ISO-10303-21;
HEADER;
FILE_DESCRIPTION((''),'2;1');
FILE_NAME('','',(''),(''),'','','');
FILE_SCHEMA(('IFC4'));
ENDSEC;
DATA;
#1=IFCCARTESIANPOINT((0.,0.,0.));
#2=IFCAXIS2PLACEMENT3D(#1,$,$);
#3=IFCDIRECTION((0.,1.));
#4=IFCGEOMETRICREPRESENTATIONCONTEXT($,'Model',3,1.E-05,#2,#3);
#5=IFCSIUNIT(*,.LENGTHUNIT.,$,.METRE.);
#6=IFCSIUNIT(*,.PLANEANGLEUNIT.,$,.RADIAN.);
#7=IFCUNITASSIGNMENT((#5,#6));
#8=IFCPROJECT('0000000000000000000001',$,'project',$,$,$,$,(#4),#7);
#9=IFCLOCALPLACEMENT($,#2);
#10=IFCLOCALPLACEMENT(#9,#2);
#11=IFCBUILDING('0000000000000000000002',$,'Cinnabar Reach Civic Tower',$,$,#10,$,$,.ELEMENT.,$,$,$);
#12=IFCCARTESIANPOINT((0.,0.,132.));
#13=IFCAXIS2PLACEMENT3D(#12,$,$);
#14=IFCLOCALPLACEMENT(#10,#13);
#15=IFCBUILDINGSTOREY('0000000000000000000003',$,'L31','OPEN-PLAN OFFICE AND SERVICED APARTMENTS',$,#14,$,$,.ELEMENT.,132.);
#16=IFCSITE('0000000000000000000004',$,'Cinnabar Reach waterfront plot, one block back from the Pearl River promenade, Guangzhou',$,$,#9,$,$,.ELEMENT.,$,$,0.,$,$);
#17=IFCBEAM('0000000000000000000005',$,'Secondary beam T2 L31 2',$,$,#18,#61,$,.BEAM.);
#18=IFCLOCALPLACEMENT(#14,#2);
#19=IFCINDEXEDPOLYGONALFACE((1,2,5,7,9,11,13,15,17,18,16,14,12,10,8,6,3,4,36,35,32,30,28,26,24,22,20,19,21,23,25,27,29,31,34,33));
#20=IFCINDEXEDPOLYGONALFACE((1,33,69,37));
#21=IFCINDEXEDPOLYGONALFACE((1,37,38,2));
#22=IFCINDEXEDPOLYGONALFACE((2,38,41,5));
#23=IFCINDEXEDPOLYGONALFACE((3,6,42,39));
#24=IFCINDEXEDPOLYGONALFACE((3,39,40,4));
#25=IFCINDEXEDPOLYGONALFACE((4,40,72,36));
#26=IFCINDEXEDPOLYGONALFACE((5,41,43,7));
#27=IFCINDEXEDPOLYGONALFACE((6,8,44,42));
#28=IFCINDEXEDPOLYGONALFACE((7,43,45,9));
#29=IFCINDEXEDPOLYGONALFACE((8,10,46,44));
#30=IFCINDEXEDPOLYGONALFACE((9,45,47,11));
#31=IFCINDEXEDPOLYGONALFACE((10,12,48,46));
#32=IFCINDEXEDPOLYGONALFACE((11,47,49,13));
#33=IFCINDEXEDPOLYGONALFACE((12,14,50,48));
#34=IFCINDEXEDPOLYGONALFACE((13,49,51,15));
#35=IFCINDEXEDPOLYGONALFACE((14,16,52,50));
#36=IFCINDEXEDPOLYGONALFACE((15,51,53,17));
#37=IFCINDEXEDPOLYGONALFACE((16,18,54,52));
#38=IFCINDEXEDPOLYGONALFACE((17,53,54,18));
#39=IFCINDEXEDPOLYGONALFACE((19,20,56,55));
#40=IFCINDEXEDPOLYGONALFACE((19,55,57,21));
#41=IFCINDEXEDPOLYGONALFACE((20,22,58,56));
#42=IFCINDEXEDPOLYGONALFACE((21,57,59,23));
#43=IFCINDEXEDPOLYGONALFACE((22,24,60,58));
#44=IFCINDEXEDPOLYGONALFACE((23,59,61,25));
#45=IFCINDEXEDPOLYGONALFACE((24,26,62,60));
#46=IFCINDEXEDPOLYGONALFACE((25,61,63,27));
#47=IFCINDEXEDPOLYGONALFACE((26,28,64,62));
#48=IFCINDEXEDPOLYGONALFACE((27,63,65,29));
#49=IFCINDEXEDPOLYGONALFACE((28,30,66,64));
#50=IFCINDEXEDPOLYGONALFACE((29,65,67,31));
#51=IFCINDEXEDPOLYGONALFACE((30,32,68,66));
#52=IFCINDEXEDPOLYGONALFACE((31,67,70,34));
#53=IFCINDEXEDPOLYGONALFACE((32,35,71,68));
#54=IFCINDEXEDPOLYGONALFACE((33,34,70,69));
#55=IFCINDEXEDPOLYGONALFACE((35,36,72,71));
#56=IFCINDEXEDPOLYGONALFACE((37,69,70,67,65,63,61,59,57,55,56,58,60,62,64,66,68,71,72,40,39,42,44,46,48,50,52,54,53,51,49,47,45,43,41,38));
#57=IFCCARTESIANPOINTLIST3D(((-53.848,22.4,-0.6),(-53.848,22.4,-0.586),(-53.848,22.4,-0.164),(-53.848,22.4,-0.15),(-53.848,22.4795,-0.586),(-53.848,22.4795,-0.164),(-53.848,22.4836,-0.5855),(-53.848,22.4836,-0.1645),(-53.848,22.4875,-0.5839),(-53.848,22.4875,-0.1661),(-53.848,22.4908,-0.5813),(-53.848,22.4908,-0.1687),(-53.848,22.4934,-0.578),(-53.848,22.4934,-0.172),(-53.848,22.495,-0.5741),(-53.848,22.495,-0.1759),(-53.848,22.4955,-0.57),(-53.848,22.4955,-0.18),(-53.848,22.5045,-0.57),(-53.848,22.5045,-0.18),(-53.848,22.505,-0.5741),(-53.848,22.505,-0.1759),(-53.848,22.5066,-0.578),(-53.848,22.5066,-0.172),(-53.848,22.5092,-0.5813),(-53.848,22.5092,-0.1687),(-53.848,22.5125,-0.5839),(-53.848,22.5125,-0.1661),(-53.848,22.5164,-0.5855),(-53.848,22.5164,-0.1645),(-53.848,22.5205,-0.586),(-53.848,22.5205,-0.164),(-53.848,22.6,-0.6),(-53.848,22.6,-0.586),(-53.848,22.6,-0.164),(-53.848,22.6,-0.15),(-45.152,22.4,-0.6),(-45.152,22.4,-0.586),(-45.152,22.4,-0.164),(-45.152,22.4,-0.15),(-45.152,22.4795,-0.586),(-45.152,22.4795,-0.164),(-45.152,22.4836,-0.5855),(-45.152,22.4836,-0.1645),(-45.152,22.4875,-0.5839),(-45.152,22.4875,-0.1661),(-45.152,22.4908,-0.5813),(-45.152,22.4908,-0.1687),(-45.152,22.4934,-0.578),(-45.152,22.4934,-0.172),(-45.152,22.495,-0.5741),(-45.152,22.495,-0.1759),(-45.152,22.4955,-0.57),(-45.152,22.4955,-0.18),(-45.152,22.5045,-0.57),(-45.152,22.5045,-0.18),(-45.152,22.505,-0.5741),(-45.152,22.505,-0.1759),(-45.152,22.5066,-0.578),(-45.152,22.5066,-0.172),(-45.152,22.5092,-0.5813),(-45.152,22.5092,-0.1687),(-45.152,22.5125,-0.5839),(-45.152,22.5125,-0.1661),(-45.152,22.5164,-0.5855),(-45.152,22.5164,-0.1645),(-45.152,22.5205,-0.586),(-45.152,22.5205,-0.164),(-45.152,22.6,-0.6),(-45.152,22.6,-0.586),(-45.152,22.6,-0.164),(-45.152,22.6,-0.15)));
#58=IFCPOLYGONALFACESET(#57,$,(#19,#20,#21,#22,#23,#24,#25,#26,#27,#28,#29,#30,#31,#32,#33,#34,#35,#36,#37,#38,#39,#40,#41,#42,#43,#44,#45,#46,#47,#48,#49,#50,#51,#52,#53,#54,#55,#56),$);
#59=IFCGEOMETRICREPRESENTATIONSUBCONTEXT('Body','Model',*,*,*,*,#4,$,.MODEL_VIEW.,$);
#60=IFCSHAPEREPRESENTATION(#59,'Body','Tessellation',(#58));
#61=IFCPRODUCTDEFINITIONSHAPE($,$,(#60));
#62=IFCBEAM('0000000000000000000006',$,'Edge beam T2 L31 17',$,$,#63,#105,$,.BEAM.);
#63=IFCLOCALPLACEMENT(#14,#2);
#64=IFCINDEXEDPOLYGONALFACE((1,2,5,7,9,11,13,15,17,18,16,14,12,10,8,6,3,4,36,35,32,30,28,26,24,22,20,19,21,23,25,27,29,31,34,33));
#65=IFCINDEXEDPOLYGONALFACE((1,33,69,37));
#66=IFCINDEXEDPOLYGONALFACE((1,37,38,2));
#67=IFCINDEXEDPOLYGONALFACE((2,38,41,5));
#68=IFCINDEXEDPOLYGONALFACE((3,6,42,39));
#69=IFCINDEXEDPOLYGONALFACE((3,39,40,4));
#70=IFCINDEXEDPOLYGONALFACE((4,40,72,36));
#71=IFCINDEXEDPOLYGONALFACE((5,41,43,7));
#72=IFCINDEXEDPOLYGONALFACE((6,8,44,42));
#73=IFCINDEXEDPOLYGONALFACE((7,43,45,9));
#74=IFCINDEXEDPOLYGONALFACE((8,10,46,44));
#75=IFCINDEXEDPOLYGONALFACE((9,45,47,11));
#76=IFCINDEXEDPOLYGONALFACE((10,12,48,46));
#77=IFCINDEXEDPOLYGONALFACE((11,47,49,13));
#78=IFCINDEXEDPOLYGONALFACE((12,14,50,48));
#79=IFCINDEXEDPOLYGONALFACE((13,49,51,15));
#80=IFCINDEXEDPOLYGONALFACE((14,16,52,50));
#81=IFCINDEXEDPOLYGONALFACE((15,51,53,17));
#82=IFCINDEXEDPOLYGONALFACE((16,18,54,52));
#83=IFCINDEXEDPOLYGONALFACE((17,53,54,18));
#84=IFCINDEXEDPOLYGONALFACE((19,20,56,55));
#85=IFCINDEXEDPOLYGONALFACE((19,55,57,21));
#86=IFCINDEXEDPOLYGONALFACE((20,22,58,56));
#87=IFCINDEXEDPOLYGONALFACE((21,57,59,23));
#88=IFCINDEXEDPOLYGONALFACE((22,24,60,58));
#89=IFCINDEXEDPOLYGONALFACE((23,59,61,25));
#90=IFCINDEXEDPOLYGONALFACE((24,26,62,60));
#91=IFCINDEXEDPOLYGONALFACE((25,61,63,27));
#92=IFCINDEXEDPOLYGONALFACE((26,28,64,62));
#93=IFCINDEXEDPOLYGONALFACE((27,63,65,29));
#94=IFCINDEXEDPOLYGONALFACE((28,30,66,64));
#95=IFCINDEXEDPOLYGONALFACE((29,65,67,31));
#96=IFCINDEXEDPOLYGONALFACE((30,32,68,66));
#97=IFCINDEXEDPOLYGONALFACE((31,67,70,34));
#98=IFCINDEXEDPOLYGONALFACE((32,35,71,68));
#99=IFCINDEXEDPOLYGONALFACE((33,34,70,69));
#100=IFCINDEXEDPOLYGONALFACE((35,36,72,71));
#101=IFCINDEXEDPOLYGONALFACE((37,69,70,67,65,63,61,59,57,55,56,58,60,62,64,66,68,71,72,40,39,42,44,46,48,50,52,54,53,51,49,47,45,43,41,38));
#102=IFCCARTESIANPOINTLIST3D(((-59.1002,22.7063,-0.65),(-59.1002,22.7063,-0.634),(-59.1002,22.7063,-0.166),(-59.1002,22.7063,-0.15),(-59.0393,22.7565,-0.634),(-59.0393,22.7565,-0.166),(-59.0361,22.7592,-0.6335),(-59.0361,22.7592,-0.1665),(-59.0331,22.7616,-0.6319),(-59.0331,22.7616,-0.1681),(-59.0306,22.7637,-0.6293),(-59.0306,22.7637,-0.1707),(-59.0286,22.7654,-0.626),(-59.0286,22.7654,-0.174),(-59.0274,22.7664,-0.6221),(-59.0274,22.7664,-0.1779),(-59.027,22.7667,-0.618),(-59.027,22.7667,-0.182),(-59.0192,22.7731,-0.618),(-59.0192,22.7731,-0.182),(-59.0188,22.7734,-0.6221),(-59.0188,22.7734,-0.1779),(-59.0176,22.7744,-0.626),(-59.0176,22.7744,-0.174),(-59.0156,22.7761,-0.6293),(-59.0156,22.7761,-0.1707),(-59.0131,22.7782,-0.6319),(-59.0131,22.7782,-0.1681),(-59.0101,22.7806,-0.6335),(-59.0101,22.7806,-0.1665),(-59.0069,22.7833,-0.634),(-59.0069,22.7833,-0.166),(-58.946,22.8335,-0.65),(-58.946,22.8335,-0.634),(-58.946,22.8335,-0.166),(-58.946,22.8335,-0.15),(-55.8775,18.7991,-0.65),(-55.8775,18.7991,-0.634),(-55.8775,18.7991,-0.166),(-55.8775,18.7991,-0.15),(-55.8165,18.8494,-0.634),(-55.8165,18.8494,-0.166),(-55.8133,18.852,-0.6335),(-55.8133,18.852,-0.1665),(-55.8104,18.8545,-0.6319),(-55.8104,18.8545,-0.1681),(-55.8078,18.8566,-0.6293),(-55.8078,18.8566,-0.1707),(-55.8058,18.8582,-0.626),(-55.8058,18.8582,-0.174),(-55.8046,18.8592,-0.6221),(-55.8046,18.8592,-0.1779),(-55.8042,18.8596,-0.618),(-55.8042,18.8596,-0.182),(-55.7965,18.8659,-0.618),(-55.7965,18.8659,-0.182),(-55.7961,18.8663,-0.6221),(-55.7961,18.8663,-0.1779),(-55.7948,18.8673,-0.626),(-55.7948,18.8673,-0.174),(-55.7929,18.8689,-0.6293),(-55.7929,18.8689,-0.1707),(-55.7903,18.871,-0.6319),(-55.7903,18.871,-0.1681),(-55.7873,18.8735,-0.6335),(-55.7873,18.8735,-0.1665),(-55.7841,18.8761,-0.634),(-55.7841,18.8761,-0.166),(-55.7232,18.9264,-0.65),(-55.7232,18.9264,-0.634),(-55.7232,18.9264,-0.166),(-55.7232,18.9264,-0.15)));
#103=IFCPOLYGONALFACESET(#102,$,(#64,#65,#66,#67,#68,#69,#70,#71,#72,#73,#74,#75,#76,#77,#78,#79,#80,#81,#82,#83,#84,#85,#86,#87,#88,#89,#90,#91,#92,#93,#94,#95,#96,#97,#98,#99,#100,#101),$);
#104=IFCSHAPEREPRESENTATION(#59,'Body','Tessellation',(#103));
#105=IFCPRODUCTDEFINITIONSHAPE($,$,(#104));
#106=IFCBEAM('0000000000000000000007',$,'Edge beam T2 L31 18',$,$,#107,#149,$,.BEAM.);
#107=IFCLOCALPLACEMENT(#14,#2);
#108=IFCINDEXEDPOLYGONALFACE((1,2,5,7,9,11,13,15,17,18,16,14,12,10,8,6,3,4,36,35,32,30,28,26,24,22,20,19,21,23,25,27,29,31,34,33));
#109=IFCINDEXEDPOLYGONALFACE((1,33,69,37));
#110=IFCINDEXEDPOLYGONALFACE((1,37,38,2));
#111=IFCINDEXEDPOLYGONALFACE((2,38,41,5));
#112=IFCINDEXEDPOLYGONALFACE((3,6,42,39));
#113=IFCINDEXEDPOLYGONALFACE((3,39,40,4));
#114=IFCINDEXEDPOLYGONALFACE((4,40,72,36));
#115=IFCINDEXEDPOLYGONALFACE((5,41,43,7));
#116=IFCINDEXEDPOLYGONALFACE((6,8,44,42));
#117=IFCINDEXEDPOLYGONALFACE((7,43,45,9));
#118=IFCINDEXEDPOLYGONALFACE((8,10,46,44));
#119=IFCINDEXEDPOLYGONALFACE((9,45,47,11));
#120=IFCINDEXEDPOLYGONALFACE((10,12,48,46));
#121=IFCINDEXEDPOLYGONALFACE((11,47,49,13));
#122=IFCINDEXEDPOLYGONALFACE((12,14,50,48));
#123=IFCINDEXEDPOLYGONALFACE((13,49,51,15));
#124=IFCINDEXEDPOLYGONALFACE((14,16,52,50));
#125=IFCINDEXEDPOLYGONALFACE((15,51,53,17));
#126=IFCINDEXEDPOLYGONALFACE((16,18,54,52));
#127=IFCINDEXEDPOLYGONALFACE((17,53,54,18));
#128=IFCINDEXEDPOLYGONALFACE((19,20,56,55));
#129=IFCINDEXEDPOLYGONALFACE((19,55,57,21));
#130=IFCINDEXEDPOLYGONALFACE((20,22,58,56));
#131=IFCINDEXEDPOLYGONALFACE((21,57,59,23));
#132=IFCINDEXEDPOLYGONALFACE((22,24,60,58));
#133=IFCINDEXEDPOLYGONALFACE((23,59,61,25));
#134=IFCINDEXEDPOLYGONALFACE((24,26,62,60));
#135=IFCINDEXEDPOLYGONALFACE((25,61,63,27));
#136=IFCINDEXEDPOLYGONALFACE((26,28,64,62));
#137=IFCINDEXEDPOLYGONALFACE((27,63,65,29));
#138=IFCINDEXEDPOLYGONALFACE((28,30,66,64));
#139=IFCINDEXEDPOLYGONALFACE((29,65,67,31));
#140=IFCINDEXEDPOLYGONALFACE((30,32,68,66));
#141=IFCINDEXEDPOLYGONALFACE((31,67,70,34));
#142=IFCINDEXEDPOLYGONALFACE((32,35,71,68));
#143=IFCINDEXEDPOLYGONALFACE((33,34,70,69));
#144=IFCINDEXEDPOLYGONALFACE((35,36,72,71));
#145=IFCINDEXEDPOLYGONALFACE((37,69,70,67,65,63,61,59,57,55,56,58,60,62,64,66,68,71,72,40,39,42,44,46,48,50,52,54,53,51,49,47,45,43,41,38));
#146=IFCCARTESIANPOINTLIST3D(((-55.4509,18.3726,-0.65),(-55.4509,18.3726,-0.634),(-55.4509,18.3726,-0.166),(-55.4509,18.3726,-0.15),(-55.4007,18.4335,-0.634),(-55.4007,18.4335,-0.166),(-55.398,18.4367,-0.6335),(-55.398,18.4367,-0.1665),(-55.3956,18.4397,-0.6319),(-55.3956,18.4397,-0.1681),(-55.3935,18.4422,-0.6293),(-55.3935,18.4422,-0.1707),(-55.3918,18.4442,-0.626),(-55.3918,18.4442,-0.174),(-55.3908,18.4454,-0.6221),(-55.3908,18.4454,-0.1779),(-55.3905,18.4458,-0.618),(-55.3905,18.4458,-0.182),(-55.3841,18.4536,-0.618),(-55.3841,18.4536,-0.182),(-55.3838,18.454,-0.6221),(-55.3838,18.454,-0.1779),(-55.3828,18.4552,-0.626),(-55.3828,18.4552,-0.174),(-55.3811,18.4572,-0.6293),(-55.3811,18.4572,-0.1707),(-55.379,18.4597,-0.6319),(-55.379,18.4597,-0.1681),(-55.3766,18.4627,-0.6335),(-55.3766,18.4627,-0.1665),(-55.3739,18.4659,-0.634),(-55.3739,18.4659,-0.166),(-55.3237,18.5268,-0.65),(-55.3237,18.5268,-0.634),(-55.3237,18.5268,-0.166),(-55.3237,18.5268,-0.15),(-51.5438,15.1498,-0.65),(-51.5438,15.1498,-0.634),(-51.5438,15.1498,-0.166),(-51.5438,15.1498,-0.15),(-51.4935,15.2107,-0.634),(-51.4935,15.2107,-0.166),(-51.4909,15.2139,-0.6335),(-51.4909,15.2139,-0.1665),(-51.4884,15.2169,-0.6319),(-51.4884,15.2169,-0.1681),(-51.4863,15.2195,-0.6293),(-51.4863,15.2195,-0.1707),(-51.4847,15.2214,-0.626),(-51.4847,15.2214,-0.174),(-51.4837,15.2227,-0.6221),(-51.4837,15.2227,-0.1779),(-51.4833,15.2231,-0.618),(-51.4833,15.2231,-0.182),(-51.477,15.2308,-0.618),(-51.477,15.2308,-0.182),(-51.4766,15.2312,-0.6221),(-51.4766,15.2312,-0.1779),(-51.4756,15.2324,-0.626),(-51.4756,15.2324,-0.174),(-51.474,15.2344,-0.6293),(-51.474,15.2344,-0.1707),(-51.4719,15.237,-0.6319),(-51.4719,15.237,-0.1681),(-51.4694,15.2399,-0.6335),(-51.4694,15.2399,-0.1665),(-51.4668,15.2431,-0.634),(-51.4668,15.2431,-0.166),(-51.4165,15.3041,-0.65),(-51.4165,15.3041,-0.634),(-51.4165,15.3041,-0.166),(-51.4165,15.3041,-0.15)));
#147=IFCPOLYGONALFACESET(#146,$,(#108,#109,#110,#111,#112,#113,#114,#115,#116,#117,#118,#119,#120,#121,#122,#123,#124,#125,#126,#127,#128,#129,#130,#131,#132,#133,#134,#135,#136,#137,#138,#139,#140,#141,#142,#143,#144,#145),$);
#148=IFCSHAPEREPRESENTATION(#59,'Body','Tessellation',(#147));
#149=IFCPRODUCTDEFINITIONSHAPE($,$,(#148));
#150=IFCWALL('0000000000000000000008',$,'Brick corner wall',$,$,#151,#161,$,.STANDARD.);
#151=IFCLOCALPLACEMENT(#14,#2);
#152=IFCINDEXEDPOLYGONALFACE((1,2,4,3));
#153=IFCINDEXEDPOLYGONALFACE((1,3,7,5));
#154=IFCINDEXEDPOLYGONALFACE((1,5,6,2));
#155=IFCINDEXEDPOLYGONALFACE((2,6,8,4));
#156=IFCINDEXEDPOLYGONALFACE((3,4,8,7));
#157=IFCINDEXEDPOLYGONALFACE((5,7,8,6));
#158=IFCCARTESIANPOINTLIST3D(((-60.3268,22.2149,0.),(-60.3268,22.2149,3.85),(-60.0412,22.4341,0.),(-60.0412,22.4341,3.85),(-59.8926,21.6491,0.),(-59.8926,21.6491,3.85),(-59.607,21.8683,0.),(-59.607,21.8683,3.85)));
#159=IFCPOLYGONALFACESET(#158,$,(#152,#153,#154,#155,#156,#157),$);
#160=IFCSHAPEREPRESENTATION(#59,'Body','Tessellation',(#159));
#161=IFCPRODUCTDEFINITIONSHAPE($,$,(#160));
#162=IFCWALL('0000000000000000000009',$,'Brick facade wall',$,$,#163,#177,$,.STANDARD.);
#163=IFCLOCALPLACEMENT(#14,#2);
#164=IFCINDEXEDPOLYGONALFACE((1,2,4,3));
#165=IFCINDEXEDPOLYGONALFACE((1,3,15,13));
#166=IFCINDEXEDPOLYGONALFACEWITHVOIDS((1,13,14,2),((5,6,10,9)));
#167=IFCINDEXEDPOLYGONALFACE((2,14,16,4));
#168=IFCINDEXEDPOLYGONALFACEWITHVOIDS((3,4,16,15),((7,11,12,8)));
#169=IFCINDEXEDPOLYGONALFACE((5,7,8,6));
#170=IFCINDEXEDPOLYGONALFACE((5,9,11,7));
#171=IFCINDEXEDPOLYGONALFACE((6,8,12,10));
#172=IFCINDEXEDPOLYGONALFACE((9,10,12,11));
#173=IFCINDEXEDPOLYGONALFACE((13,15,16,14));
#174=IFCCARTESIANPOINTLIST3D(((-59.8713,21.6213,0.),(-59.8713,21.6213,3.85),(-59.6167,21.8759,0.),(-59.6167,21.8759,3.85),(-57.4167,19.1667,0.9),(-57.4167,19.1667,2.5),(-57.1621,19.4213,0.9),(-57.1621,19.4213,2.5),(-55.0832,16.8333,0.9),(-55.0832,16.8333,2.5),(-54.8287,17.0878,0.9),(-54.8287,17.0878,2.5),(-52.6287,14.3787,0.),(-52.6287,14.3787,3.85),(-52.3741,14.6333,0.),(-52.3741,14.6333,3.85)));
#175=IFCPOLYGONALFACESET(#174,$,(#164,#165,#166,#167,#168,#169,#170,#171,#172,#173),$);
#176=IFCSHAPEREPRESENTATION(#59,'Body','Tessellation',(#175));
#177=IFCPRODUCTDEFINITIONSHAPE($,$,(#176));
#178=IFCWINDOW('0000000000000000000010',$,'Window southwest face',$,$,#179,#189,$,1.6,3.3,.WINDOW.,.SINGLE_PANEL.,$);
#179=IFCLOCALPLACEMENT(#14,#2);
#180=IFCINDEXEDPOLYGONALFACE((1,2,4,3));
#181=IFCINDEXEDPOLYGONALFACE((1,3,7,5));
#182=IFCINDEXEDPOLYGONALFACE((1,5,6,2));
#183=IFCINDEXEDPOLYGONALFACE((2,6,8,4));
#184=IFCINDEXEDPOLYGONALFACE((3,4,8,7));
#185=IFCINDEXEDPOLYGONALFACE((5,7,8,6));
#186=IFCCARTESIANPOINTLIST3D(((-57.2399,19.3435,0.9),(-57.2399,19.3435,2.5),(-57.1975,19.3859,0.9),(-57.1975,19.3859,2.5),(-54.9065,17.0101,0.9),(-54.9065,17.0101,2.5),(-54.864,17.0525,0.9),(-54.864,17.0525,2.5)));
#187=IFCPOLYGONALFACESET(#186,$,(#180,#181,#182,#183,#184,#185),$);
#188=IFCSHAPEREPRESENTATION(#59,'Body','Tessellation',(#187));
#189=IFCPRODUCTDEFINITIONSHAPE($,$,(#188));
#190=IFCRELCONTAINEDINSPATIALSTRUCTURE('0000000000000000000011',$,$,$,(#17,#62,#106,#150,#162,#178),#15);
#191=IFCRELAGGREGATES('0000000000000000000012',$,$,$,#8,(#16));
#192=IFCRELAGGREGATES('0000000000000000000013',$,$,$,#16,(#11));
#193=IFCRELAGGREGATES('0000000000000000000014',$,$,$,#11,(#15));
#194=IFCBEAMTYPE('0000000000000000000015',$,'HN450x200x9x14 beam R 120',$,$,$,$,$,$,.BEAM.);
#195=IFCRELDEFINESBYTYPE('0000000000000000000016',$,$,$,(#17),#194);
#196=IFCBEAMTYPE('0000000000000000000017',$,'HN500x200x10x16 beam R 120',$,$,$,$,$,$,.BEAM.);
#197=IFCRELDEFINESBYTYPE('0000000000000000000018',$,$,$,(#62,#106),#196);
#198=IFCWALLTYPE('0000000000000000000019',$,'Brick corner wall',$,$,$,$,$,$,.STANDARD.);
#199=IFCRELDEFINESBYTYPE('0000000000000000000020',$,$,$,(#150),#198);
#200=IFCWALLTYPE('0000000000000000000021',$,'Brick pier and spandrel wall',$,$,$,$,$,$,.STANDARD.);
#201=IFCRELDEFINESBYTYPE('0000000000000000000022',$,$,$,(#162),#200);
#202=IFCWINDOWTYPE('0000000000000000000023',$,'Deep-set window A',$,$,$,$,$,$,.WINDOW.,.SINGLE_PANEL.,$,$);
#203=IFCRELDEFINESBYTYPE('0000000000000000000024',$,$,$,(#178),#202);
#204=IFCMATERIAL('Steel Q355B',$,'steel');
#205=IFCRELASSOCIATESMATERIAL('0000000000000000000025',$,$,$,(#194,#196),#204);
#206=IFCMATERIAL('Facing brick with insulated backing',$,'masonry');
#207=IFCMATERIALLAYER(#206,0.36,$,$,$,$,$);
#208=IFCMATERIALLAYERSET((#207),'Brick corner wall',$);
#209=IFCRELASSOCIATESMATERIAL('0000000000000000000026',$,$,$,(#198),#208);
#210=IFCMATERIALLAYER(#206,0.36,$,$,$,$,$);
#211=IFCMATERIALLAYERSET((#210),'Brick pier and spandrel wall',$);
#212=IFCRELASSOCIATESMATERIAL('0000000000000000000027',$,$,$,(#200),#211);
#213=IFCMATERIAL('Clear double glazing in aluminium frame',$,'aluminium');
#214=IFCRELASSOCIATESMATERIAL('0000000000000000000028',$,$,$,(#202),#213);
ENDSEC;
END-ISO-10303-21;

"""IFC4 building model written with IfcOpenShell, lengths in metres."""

from ifc_helpers import new_model, si_unit, direction, frame, frame_2d, origin, origin_2d, place, context, subcontext, project, spatial, rectangle, i_section, extrude, material, layer, layer_set, material_profile, profile_set, type_object, element, fill, save


model = new_model("IFC4")

# Units and contexts
model_context = context("Model", 3, precision=1e-05, world=origin(), true_north=direction((0.0, 1.0)))
body_context = subcontext(model_context, "Body", "Model", "MODEL_VIEW")
ifc_project = project(units=[si_unit("LENGTHUNIT", "METRE"), si_unit("PLANEANGLEUNIT", "RADIAN")], contexts=[model_context])

# Site, building, storey
site_placement = place(None, origin())
site = spatial("IfcSite", under=ifc_project, at=site_placement, Name="Cinnabar Reach waterfront plot, one block back from the Pearl River promenade, Guangzhou", CompositionType="ELEMENT", RefElevation=0.0)
building_placement = place(site_placement, origin())
building = spatial("IfcBuilding", under=site, at=building_placement, Name="Cinnabar Reach Civic Tower", CompositionType="ELEMENT")
storey_placement = place(building_placement, frame((0.0, 0.0, 132.0)))
storey = spatial("IfcBuildingStorey", under=building, at=storey_placement, Name="L31", Description="OPEN-PLAN OFFICE AND SERVICED APARTMENTS", CompositionType="ELEMENT", Elevation=132.0)

# Beams
ifc_material_1 = material(Name="Steel Q355B", Category="steel")
ifc_material_profile_1 = material_profile(ifc_material_1, i_section(OverallWidth=0.2, OverallDepth=0.45, WebThickness=0.009, FlangeThickness=0.014, FilletRadius=0.016, at=origin_2d()), Name="HN450x200x9x14")
ifc_profile_set_1 = profile_set([ifc_material_profile_1], Name="Steel Q355B")
beam_type_1 = type_object("IfcBeamType", Name="HN450x200x9x14 beam R 120", PredefinedType="BEAM", material=ifc_profile_set_1)
beam_1_placement = place(storey_placement, frame((-53.848, 22.5, -0.375), z_axis=(1.0, 0.0, 0.0), x_axis=(0.0, 1.0, 0.0)))
element("IfcBeam", 1, at=beam_1_placement, inside=storey, type_object=beam_type_1, Name="Secondary beam T2 L31 2", PredefinedType="BEAM", context=body_context, shape_type="SweptSolid", body=[
    extrude(i_section(OverallWidth=0.2, OverallDepth=0.45, WebThickness=0.009, FlangeThickness=0.014, FilletRadius=0.016, at=origin_2d()), origin(), (0.0, 0.0, 1.0), 8.696),
])
ifc_material_profile_2 = material_profile(ifc_material_1, i_section(OverallWidth=0.2, OverallDepth=0.5, WebThickness=0.01, FlangeThickness=0.016, FilletRadius=0.016, at=origin_2d()), Name="HN500x200x10x16")
ifc_profile_set_2 = profile_set([ifc_material_profile_2], Name="Steel Q355B")
beam_type_2 = type_object("IfcBeamType", Name="HN500x200x10x16 beam R 120", PredefinedType="BEAM", material=ifc_profile_set_2)
for number, where, z_axis, x_axis, name in (
    (2, (-59.0231, 22.7699, -0.4), (0.636308, -0.771435, 0.0), (0.771435, 0.636308, 0.0), "Edge beam T2 L31 17"),
    (3, (-55.3873, 18.4497, -0.4), (0.771435, -0.636308, 0.0), (0.636308, 0.771435, 0.0), "Edge beam T2 L31 18"),
):
    element("IfcBeam", number, at=place(storey_placement, frame(where, z_axis=z_axis, x_axis=x_axis)), inside=storey, type_object=beam_type_2, Name=name, PredefinedType="BEAM", context=body_context, shape_type="SweptSolid", body=[
        extrude(i_section(OverallWidth=0.2, OverallDepth=0.5, WebThickness=0.01, FlangeThickness=0.016, FilletRadius=0.016, at=origin_2d()), origin(), (0.0, 0.0, 1.0), 5.0648),
    ])

# Wall
ifc_material_2 = material(Name="Facing brick with insulated backing", Category="masonry")
ifc_layer_1 = layer(ifc_material_2, 0.36)
ifc_layer_set_1 = layer_set([ifc_layer_1], Name="Brick corner wall")
wall_type_1 = type_object("IfcWallType", Name="Brick corner wall", PredefinedType="STANDARD", material=ifc_layer_set_1)
wall_1_placement = place(storey_placement, frame((-60.184, 22.3245, 0.0), z_axis=(0.0, 0.0, 1.0), x_axis=(0.608802, -0.793322, 0.0)))
element("IfcWall", 4, at=wall_1_placement, inside=storey, type_object=wall_type_1, Name="Brick corner wall", PredefinedType="STANDARD", context=body_context, shape_type="SweptSolid", body=[
    extrude(rectangle(XDim=0.7132, YDim=0.36, at=frame_2d((0.3566, 0.0))), origin(), (0.0, 0.0, 1.0), 3.85),
])

# Wall, opening, window
ifc_layer_2 = layer(ifc_material_2, 0.36)
ifc_layer_set_2 = layer_set([ifc_layer_2], Name="Brick pier and spandrel wall")
wall_type_2 = type_object("IfcWallType", Name="Brick pier and spandrel wall", PredefinedType="STANDARD", material=ifc_layer_set_2)
wall_2_placement = place(storey_placement, frame((-59.744, 21.7486, 0.0), z_axis=(0.0, 0.0, 1.0), x_axis=(0.707107, -0.707107, 0.0)))
wall_2 = element("IfcWall", 5, at=wall_2_placement, inside=storey, type_object=wall_type_2, Name="Brick facade wall", PredefinedType="STANDARD", context=body_context, shape_type="SweptSolid", body=[
    extrude(rectangle(XDim=10.2426, YDim=0.36, at=frame_2d((5.1213, 0.0))), origin(), (0.0, 0.0, 1.0), 3.85),
])
opening_1_placement = place(wall_2_placement, frame((3.4713, 0.0, 0.9)))
opening_1 = element("IfcOpeningElement", 6, at=opening_1_placement, cuts=wall_2, PredefinedType="OPENING", context=body_context, shape_type="SweptSolid", body=[
    extrude(rectangle(XDim=3.3, YDim=1.6, at=frame_2d((1.65, 0.8))), frame((0.0, 0.19, 0.0), z_axis=(0.0, -1.0, 0.0), x_axis=(1.0, 0.0, 0.0)), (0.0, 0.0, 1.0), 0.38),
])
ifc_material_3 = material(Name="Clear double glazing in aluminium frame", Category="aluminium")
window_type = type_object("IfcWindowType", Name="Deep-set window A", PartitioningType="SINGLE_PANEL", PredefinedType="WINDOW", material=ifc_material_3)
window_placement = place(opening_1_placement, origin())
window = element("IfcWindow", 7, at=window_placement, inside=storey, type_object=window_type, Name="Window southwest face", OverallHeight=1.6, OverallWidth=3.3, PartitioningType="SINGLE_PANEL", PredefinedType="WINDOW", context=body_context, shape_type="SweptSolid", body=[
    extrude(rectangle(XDim=3.3, YDim=1.6, at=frame_2d((1.65, 0.8))), frame((0.0, 0.13, 0.0), z_axis=(0.0, -1.0, 0.0), x_axis=(1.0, 0.0, 0.0)), (0.0, 0.0, 1.0), 0.06),
])
fill(opening_1, window)

save(model, "model.ifc")
